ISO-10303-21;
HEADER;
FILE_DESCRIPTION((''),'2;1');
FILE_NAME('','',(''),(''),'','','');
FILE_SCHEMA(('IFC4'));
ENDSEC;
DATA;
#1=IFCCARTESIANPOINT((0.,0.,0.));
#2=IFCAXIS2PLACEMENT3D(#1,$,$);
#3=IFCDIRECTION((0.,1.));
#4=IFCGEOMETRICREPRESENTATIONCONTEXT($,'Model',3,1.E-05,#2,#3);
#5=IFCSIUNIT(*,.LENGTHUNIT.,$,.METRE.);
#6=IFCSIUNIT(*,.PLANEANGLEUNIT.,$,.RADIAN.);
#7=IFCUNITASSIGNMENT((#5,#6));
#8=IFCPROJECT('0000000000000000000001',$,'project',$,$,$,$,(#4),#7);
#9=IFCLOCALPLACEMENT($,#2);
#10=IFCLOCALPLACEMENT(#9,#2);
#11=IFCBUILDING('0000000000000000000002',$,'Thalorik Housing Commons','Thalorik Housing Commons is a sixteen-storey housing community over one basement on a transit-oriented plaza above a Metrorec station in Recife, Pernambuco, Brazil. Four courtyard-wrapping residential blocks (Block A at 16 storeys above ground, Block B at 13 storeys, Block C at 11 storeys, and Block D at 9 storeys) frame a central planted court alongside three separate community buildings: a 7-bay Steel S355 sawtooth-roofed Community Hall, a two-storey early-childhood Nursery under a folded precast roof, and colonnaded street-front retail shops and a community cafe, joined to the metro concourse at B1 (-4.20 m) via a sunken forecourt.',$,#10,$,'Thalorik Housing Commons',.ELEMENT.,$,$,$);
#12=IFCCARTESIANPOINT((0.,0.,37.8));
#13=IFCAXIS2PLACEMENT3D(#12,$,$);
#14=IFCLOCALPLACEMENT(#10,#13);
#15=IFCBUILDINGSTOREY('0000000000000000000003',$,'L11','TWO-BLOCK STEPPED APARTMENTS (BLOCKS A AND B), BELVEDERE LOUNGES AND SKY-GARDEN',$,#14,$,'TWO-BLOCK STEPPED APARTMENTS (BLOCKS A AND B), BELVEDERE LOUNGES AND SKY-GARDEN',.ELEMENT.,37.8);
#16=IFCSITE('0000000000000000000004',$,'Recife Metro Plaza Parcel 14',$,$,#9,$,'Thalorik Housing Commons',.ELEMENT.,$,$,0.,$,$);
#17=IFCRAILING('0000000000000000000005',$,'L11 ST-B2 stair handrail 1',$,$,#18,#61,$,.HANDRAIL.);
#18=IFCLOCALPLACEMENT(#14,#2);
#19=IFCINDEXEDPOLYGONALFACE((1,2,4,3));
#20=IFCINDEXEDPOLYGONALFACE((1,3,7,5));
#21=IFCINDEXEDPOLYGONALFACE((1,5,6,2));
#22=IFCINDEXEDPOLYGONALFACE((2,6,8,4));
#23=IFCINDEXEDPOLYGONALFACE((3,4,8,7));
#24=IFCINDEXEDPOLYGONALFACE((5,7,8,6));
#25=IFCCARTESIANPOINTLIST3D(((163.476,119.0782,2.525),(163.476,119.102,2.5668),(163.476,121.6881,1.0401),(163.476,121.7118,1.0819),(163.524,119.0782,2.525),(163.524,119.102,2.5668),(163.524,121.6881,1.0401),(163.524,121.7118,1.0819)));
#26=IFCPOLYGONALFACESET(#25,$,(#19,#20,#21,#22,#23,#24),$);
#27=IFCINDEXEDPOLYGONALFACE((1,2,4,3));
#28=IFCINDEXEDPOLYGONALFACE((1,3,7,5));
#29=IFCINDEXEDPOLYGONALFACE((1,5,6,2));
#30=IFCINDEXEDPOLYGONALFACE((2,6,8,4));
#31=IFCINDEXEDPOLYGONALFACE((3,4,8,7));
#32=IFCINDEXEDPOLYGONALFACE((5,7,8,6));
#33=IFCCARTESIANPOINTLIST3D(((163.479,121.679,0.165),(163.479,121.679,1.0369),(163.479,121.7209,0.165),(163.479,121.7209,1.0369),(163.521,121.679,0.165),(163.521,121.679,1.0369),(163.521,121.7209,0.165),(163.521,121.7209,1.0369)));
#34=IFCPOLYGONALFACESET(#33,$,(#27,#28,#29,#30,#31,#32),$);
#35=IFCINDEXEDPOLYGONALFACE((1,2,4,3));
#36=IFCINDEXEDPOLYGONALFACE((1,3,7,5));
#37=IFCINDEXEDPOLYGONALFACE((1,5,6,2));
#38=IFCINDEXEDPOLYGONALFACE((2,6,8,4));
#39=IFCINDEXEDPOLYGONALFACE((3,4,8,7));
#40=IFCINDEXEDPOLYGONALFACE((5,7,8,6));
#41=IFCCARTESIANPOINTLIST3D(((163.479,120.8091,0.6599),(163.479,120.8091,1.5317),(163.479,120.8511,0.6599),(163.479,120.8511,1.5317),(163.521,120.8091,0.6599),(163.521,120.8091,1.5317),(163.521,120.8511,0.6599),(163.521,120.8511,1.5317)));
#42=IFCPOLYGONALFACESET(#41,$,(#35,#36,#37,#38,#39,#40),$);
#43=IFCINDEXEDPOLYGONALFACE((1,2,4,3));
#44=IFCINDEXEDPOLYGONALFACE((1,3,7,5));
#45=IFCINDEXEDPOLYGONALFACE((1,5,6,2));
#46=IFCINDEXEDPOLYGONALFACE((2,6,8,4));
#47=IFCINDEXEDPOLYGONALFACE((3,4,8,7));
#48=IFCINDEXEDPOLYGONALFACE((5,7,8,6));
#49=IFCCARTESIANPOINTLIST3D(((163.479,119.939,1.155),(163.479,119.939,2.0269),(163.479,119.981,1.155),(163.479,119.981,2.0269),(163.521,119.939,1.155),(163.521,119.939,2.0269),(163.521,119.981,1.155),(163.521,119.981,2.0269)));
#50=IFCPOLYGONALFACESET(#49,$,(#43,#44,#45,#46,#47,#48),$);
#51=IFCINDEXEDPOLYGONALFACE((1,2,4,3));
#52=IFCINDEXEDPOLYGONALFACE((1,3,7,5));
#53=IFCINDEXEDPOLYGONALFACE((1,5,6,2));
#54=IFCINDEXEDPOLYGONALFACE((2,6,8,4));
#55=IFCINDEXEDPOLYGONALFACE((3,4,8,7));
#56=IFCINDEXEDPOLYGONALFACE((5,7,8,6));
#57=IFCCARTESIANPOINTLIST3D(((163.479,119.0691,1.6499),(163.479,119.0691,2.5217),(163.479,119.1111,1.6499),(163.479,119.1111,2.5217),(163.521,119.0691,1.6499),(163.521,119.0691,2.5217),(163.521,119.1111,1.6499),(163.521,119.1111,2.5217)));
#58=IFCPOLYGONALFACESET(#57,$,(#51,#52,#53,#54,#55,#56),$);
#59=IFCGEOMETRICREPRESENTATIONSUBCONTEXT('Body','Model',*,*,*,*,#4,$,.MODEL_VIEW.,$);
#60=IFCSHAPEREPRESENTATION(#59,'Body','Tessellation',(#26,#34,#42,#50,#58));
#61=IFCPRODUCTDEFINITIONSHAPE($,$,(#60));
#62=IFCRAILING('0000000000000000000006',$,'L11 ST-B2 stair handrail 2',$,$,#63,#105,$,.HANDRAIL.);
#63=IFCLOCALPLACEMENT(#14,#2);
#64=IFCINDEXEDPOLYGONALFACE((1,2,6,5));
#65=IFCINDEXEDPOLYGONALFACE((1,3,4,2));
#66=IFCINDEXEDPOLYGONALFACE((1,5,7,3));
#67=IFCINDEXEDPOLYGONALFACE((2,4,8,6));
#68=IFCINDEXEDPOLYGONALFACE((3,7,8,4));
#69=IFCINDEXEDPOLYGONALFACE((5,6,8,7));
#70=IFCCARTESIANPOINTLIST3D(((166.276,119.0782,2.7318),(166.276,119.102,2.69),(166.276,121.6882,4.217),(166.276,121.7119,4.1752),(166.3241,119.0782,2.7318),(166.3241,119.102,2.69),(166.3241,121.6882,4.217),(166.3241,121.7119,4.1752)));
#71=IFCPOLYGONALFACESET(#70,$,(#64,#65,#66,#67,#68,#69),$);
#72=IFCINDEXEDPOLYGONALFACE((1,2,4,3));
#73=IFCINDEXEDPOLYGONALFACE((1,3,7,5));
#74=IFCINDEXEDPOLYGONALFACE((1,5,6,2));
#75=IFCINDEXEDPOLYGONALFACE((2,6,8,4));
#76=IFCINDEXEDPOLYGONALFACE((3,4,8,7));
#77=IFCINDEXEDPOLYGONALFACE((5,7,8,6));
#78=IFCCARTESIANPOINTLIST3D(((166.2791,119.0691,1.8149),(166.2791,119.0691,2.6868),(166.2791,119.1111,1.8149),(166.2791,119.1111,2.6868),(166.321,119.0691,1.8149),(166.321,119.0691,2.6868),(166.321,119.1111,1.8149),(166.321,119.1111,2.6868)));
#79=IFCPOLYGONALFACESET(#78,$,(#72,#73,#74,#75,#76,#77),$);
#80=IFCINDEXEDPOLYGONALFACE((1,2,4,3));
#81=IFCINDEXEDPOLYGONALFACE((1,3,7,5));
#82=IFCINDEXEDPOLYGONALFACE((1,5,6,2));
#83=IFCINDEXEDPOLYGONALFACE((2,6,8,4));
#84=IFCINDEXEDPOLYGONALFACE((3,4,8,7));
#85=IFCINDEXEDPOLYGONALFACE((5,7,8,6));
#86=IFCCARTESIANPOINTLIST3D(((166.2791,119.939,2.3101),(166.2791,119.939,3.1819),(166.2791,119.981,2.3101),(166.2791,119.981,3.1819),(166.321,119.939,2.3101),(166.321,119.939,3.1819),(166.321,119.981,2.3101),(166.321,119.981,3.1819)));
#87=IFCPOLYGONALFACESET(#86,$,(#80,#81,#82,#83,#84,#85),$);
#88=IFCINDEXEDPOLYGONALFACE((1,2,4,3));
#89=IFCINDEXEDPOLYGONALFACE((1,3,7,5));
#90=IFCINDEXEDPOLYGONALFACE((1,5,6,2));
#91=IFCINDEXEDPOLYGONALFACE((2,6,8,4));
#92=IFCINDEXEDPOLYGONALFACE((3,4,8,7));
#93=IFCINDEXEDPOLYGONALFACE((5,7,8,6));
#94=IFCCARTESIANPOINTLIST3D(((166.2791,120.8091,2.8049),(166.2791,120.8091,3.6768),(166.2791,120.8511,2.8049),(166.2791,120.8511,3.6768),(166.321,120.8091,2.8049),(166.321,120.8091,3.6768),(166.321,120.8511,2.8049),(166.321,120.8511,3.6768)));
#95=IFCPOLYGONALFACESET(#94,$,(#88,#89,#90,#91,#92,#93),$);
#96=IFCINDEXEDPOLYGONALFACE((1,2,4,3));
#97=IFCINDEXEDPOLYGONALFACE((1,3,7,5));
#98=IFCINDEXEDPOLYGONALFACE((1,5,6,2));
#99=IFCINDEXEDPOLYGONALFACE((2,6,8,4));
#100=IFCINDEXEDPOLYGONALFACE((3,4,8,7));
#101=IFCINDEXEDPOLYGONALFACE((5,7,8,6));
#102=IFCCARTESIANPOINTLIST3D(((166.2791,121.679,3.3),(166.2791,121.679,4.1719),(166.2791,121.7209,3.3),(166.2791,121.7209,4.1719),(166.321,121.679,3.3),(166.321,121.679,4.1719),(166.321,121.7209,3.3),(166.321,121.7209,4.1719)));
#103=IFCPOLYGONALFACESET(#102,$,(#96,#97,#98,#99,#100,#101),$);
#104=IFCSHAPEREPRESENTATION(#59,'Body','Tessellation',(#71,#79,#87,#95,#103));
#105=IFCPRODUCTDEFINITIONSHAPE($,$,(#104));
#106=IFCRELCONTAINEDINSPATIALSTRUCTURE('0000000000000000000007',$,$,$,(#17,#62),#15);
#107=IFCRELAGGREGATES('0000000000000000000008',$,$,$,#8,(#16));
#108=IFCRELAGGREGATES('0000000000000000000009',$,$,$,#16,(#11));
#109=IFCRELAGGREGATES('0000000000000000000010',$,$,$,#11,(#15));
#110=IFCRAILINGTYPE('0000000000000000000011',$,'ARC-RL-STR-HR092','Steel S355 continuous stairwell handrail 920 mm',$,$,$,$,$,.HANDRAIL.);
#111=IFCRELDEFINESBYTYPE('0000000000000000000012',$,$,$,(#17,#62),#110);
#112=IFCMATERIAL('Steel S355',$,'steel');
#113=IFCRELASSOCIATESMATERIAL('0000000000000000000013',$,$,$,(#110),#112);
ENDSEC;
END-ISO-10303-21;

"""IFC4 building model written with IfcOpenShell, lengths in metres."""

from ifc_helpers import new_model, si_unit, direction, frame, origin, origin_2d, place, context, subcontext, project, spatial, rectangle, extrude, material, type_object, element, save


model = new_model("IFC4")

# Units and contexts
model_context = context("Model", 3, precision=1e-05, world=origin(), true_north=direction((0.0, 1.0)))
body_context = subcontext(model_context, "Body", "Model", "MODEL_VIEW")
ifc_project = project(units=[si_unit("LENGTHUNIT", "METRE"), si_unit("PLANEANGLEUNIT", "RADIAN")], contexts=[model_context])

# Site, building, storey
site_placement = place(None, origin())
site = spatial("IfcSite", under=ifc_project, at=site_placement, Name="Recife Metro Plaza Parcel 14", LongName="Thalorik Housing Commons", CompositionType="ELEMENT", RefElevation=0.0)
building_placement = place(site_placement, origin())
building = spatial("IfcBuilding", under=site, at=building_placement, Name="Thalorik Housing Commons", Description="Thalorik Housing Commons is a sixteen-storey housing community over one basement on a transit-oriented plaza above a Metrorec station in Recife, Pernambuco, Brazil. Four courtyard-wrapping residential blocks (Block A at 16 storeys above ground, Block B at 13 storeys, Block C at 11 storeys, and Block D at 9 storeys) frame a central planted court alongside three separate community buildings: a 7-bay Steel S355 sawtooth-roofed Community Hall, a two-storey early-childhood Nursery under a folded precast roof, and colonnaded street-front retail shops and a community cafe, joined to the metro concourse at B1 (-4.20 m) via a sunken forecourt.", LongName="Thalorik Housing Commons", CompositionType="ELEMENT")
storey_placement = place(building_placement, frame((0.0, 0.0, 37.8)))
storey = spatial("IfcBuildingStorey", under=building, at=storey_placement, Name="L11", Description="TWO-BLOCK STEPPED APARTMENTS (BLOCKS A AND B), BELVEDERE LOUNGES AND SKY-GARDEN", LongName="TWO-BLOCK STEPPED APARTMENTS (BLOCKS A AND B), BELVEDERE LOUNGES AND SKY-GARDEN", CompositionType="ELEMENT", Elevation=37.8)

# Shared definitions
ifc_material_1 = material(Name="Steel S355", Category="steel")

# Railings
railing_type_1 = type_object("IfcRailingType", Name="ARC-RL-STR-HR092", Description="Steel S355 continuous stairwell handrail 920 mm", PredefinedType="HANDRAIL", material=ifc_material_1)
railing_1_placement = place(storey_placement, frame((163.5, 121.7, 0.165)))
element("IfcRailing", 1, at=railing_1_placement, inside=storey, type_object=railing_type_1, Name="L11 ST-B2 stair handrail 1", PredefinedType="HANDRAIL", context=body_context, shape_type="SweptSolid", body=[
    extrude(rectangle(XDim=0.0481, YDim=0.0481, at=origin_2d()), frame((0.0, 0.0, 0.896), z_axis=(0.0, -0.869172, 0.494509), x_axis=(1.0, 0.0, 0.0)), (0.0, 0.0, 1.0), 3.0027),
    extrude(rectangle(XDim=0.042, YDim=0.042, at=origin_2d()), origin(), (0.0, 0.0, 1.0), 0.8718),
    extrude(rectangle(XDim=0.042, YDim=0.042, at=origin_2d()), frame((0.0, -0.8699, 0.4949)), (0.0, 0.0, 1.0), 0.8718),
    extrude(rectangle(XDim=0.042, YDim=0.042, at=origin_2d()), frame((0.0, -1.74, 0.99)), (0.0, 0.0, 1.0), 0.8718),
    extrude(rectangle(XDim=0.042, YDim=0.042, at=origin_2d()), frame((0.0, -2.6099, 1.4849)), (0.0, 0.0, 1.0), 0.8718),
])
railing_2_placement = place(storey_placement, frame((166.3, 119.0901, 1.8149)))
element("IfcRailing", 2, at=railing_2_placement, inside=storey, type_object=railing_type_1, Name="L11 ST-B2 stair handrail 2", PredefinedType="HANDRAIL", context=body_context, shape_type="SweptSolid", body=[
    extrude(rectangle(XDim=0.0481, YDim=0.0481, at=origin_2d()), frame((0.0, 0.0, 0.896), z_axis=(0.0, 0.869137, 0.494571), x_axis=(-1.0, 0.0, 0.0)), (0.0, 0.0, 1.0), 3.0029),
    extrude(rectangle(XDim=0.042, YDim=0.042, at=origin_2d()), origin(), (0.0, 0.0, 1.0), 0.8718),
    extrude(rectangle(XDim=0.042, YDim=0.042, at=origin_2d()), frame((0.0, 0.8699, 0.4951)), (0.0, 0.0, 1.0), 0.8718),
    extrude(rectangle(XDim=0.042, YDim=0.042, at=origin_2d()), frame((0.0, 1.74, 0.99)), (0.0, 0.0, 1.0), 0.8718),
    extrude(rectangle(XDim=0.042, YDim=0.042, at=origin_2d()), frame((0.0, 2.6099, 1.4851)), (0.0, 0.0, 1.0), 0.8718),
])

save(model, "model.ifc")
